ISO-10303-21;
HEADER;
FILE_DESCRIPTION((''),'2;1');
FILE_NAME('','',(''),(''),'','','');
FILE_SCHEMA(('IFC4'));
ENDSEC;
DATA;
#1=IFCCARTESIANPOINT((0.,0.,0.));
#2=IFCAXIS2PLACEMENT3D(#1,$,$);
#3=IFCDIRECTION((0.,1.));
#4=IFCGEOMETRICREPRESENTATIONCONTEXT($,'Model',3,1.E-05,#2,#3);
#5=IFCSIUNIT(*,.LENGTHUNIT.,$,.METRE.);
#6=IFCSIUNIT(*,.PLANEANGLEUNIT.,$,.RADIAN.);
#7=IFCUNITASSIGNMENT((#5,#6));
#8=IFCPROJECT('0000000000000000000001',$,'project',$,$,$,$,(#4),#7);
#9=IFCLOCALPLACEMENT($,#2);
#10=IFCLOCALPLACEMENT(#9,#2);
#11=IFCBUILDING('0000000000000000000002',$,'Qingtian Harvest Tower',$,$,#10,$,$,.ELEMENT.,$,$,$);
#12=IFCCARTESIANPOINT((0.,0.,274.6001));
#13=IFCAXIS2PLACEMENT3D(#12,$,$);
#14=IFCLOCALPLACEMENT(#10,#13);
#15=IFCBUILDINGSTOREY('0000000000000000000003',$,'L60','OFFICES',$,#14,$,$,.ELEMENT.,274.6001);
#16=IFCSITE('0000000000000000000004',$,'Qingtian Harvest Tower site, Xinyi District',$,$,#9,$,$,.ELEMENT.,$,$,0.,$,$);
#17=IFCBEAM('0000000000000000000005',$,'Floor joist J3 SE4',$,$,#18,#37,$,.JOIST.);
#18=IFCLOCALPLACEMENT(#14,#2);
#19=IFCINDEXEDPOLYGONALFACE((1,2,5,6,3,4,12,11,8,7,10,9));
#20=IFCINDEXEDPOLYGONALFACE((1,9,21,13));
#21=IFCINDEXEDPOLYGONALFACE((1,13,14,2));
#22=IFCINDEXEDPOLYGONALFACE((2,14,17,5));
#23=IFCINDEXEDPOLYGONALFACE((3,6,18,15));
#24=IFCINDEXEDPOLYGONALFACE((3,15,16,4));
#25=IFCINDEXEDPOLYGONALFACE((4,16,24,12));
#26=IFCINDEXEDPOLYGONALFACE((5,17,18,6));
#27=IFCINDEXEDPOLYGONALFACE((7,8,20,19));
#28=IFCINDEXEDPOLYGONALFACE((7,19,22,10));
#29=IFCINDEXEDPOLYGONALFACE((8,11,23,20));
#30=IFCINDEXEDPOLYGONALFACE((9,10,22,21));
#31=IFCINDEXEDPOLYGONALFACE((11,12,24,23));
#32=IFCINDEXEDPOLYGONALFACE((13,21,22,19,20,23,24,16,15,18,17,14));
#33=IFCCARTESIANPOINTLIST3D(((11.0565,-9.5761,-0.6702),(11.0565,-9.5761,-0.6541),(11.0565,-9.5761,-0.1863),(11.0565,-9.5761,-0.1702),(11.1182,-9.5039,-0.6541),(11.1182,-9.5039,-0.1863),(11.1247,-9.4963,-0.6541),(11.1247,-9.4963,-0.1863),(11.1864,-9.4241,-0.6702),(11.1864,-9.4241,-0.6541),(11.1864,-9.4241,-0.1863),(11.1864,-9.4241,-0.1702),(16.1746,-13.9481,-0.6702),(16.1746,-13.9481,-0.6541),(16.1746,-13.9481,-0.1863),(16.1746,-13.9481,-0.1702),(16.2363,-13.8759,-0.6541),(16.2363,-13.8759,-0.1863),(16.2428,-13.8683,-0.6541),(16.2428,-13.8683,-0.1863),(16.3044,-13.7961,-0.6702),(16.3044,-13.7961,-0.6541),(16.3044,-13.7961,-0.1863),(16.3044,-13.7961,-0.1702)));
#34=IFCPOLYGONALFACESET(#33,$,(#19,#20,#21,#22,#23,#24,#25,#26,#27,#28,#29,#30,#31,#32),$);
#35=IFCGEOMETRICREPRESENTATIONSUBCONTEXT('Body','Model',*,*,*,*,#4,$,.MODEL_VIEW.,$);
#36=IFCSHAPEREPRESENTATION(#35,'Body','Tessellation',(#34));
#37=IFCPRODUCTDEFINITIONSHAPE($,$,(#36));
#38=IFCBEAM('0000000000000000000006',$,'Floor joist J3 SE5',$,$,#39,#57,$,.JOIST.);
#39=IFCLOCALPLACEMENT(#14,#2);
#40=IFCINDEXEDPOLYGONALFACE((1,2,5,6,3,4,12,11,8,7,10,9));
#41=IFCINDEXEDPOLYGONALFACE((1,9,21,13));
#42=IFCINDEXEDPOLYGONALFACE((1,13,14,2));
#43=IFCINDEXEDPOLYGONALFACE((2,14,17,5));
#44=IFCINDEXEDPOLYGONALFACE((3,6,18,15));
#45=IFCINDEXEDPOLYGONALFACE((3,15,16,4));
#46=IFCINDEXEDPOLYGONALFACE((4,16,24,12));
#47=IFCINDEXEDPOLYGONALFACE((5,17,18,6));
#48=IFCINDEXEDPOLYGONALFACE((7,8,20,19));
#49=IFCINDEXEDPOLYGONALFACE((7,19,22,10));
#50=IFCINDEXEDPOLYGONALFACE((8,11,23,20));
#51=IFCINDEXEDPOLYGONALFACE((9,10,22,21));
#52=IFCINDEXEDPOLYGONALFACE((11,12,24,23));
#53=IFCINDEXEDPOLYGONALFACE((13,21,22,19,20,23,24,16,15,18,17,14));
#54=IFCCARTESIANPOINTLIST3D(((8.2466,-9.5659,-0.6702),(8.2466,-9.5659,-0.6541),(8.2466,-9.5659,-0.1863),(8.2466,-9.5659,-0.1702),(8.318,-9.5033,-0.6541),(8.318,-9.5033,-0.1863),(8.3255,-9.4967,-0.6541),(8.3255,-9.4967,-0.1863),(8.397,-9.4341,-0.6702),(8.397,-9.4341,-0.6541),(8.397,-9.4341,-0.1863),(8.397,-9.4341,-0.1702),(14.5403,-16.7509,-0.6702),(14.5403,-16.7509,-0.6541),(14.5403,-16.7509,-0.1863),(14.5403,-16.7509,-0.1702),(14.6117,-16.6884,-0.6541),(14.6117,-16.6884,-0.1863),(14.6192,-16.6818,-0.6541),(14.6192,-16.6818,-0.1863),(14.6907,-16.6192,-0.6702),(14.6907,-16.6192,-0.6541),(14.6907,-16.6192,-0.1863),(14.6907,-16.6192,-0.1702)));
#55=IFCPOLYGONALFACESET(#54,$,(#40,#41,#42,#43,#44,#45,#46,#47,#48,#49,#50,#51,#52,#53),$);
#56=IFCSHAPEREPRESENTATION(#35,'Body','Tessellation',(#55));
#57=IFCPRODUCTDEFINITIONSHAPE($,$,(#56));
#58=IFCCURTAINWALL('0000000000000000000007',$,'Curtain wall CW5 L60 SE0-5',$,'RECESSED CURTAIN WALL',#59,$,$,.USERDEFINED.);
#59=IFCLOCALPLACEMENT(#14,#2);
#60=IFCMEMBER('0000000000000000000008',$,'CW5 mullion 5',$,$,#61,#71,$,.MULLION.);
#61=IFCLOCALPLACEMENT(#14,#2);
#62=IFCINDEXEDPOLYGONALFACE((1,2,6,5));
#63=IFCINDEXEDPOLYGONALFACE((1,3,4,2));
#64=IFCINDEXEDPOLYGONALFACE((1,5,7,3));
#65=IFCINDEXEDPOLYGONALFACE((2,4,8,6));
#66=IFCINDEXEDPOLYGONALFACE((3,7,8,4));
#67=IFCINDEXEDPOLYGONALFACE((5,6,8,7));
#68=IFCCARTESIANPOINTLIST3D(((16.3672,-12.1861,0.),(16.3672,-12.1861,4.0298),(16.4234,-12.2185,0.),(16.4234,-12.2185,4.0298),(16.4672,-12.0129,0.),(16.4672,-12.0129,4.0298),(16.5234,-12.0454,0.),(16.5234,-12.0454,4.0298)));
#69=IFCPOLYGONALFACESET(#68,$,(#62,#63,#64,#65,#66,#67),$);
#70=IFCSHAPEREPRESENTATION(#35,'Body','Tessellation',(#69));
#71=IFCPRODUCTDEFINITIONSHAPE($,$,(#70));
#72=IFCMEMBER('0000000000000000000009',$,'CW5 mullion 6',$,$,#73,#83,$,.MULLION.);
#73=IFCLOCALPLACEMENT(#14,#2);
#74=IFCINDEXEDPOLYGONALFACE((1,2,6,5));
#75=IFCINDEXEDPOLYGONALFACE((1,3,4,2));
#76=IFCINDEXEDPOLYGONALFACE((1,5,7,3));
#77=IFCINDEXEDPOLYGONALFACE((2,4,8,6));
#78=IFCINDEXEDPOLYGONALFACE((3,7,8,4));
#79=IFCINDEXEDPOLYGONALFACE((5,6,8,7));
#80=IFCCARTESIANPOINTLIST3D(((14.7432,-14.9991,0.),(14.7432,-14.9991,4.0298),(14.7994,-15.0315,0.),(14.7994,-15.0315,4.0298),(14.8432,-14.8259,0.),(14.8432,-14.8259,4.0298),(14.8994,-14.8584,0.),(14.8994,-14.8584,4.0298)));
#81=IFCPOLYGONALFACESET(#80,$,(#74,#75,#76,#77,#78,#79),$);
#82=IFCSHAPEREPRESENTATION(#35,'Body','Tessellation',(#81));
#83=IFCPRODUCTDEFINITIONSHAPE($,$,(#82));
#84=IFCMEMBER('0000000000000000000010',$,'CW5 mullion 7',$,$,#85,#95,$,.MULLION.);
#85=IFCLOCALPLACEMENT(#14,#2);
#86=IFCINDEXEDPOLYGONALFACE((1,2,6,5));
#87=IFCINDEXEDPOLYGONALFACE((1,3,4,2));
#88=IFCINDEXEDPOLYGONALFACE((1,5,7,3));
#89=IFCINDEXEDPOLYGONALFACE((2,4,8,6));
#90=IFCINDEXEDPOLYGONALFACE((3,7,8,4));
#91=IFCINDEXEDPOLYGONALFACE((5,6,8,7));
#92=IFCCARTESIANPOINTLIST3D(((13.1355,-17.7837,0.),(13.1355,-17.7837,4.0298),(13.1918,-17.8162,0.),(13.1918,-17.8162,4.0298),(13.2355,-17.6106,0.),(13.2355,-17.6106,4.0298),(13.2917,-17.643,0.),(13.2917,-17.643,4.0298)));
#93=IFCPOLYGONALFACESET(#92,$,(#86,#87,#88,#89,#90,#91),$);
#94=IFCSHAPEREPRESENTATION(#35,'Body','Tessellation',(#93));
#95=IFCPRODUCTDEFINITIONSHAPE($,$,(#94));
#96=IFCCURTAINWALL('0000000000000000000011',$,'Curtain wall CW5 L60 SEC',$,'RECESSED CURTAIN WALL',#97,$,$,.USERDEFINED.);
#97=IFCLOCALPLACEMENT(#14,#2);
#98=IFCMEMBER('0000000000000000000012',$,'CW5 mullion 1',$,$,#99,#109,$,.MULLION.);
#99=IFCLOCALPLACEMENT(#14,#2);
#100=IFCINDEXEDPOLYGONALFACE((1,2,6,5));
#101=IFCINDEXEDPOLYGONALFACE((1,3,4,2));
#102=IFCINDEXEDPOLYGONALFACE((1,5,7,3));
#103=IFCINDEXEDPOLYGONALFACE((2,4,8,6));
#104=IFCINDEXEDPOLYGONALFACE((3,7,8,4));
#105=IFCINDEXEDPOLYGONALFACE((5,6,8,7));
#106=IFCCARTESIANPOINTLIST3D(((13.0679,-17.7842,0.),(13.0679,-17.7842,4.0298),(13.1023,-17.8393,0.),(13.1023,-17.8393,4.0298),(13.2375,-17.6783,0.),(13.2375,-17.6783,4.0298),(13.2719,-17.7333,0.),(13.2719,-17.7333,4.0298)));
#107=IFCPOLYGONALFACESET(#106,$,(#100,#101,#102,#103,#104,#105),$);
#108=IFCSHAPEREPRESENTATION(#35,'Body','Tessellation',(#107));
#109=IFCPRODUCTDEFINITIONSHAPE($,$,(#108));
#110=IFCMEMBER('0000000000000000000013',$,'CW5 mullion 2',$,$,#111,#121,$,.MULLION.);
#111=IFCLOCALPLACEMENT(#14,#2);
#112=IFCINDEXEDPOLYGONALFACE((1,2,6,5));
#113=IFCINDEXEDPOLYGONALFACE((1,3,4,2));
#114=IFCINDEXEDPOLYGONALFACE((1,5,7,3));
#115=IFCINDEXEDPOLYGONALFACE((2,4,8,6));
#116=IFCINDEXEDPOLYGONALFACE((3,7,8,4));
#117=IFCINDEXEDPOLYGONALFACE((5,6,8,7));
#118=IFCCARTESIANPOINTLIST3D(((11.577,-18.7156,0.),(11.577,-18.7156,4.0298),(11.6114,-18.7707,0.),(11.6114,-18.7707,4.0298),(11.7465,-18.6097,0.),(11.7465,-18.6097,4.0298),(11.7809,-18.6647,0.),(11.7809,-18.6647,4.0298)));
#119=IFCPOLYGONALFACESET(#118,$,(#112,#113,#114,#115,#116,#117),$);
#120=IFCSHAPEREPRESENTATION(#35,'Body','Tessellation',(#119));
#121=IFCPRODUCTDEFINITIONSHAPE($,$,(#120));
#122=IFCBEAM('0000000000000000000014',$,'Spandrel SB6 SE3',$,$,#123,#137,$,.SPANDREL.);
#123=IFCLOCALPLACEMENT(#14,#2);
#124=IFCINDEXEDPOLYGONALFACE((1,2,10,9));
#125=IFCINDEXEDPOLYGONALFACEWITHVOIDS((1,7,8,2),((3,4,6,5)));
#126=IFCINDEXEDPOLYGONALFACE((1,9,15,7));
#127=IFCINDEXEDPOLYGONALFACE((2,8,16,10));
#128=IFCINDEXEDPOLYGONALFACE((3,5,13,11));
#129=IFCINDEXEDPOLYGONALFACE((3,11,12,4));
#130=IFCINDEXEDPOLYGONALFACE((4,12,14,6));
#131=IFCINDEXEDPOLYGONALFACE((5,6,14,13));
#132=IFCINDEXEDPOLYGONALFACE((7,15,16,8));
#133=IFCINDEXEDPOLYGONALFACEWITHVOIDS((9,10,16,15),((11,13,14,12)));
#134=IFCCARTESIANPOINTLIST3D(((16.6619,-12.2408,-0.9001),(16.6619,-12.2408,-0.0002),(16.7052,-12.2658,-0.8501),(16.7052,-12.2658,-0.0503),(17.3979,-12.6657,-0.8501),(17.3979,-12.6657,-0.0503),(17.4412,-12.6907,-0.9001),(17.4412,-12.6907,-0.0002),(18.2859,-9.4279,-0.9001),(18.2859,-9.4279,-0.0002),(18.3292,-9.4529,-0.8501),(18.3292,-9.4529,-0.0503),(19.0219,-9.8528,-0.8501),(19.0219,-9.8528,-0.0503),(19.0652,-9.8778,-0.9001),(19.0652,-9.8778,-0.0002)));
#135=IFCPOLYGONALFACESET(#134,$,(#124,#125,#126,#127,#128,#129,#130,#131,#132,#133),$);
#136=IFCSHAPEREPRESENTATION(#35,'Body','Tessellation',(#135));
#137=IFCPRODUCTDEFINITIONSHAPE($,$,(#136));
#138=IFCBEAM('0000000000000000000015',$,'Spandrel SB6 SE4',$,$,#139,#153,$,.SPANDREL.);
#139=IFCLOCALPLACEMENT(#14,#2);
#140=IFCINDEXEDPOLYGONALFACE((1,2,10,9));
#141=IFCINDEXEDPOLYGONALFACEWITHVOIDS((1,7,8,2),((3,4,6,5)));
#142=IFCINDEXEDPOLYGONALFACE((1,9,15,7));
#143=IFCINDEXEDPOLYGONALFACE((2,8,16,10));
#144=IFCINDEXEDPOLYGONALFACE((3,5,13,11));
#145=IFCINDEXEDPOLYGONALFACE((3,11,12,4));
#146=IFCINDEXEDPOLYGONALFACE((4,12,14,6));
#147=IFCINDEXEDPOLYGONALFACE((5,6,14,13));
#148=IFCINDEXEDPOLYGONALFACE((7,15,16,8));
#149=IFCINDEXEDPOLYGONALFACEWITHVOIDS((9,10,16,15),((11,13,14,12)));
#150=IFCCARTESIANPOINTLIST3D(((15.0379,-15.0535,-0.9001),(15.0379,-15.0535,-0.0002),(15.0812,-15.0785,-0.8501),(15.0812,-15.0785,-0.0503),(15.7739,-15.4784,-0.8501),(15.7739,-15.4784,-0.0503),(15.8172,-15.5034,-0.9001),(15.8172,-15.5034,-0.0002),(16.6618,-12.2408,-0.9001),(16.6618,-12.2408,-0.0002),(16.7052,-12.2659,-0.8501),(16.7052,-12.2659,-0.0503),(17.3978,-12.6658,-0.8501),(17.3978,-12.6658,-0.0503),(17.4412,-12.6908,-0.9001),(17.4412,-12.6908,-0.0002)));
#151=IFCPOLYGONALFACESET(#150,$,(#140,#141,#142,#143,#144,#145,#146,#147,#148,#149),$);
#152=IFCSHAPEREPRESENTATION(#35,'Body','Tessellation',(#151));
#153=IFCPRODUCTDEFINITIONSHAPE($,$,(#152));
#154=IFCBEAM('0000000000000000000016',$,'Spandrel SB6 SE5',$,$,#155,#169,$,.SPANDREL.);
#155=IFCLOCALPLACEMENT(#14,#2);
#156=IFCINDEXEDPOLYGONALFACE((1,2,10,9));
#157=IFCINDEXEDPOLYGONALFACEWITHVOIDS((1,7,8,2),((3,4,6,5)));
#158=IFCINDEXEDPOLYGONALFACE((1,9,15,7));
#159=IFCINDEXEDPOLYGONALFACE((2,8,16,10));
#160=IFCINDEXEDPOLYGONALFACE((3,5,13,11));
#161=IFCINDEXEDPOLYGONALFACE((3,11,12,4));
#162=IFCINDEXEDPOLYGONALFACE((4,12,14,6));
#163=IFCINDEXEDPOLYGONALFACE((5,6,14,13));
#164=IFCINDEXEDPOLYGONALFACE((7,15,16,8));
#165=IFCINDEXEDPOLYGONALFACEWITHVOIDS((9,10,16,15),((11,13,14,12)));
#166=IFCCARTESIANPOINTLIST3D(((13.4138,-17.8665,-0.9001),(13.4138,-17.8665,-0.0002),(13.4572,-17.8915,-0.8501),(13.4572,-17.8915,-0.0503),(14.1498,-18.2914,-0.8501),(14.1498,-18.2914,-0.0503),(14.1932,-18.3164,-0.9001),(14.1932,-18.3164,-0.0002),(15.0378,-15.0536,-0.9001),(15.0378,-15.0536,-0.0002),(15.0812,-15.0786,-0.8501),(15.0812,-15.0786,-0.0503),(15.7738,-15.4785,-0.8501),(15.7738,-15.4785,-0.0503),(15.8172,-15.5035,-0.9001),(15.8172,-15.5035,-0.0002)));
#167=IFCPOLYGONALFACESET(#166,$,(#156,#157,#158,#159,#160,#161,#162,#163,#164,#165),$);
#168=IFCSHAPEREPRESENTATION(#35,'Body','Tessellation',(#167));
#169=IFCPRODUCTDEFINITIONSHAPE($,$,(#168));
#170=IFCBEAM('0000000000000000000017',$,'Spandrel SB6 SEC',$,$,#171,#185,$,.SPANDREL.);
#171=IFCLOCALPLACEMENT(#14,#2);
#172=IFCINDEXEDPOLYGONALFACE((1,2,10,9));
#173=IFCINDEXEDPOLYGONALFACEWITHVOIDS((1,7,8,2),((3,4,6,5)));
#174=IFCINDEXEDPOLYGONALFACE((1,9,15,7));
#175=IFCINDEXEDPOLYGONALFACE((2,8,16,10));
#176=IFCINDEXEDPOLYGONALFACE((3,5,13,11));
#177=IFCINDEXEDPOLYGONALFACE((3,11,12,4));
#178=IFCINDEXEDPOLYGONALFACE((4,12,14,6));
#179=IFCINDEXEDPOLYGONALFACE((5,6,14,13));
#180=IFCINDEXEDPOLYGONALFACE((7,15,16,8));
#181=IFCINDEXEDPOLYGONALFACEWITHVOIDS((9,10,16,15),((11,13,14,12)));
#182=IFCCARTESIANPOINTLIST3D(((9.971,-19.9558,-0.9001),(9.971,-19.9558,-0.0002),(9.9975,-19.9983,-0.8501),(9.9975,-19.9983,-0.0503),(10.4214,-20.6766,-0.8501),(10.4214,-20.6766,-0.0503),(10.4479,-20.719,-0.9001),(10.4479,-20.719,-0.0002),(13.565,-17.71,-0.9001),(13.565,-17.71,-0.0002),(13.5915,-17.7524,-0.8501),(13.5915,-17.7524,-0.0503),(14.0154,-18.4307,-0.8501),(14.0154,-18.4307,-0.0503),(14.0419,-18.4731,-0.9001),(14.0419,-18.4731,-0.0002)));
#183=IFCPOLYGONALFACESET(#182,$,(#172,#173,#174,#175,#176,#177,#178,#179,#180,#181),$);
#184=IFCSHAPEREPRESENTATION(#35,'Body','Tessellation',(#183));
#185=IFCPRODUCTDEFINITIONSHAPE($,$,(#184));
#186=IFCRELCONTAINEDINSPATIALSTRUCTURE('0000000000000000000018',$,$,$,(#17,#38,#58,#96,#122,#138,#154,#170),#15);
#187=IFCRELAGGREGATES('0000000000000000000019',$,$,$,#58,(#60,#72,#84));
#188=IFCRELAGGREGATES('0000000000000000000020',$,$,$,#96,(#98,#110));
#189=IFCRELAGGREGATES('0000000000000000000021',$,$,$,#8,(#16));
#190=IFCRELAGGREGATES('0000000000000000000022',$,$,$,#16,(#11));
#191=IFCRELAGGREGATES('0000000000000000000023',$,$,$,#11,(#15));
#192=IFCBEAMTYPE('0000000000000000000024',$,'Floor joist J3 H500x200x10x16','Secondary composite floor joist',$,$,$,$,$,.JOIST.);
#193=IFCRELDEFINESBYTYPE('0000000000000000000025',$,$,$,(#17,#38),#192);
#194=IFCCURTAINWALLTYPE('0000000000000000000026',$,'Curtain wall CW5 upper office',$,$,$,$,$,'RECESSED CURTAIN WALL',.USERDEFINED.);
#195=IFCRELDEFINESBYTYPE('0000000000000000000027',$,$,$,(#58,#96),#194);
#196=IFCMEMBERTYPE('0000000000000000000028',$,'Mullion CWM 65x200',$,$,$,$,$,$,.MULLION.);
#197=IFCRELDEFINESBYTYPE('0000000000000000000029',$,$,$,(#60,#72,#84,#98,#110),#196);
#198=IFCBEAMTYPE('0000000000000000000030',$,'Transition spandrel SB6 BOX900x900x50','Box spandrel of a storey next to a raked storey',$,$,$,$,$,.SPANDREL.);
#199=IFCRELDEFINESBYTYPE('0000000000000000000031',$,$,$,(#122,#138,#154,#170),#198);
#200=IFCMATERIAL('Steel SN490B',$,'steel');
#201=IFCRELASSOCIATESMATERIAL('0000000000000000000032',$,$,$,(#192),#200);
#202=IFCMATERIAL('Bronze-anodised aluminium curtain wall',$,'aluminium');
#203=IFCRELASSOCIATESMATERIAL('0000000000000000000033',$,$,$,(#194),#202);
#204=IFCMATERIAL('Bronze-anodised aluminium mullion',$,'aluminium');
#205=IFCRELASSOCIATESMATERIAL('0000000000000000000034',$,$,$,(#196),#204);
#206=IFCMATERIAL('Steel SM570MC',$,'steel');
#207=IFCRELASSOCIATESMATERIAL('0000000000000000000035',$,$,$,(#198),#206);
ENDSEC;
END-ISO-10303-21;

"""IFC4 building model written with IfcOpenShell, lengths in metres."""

from ifc_helpers import new_model, si_unit, direction, frame, origin, origin_2d, place, context, subcontext, project, spatial, rectangle, hollow_rectangle, i_section, extrude, material, material_profile, profile_set, type_object, element, aggregate, save


model = new_model("IFC4")

# Units and contexts
model_context = context("Model", 3, precision=1e-05, world=origin(), true_north=direction((0.0, 1.0)))
body_context = subcontext(model_context, "Body", "Model", "MODEL_VIEW")
ifc_project = project(units=[si_unit("LENGTHUNIT", "METRE"), si_unit("PLANEANGLEUNIT", "RADIAN")], contexts=[model_context])

# Site, building, storey
site_placement = place(None, origin())
site = spatial("IfcSite", under=ifc_project, at=site_placement, Name="Qingtian Harvest Tower site, Xinyi District", CompositionType="ELEMENT", RefElevation=0.0)
building_placement = place(site_placement, origin())
building = spatial("IfcBuilding", under=site, at=building_placement, Name="Qingtian Harvest Tower", CompositionType="ELEMENT")
storey_placement = place(building_placement, frame((0.0, 0.0, 274.6001)))
storey = spatial("IfcBuildingStorey", under=building, at=storey_placement, Name="L60", Description="OFFICES", CompositionType="ELEMENT", Elevation=274.6001)

# Beams
ifc_material_1 = material(Name="Steel SN490B", Category="steel")
ifc_material_profile_1 = material_profile(ifc_material_1, i_section(OverallWidth=0.2, OverallDepth=0.5, WebThickness=0.01, FlangeThickness=0.0161, at=origin_2d()), Name="H500x200x10x16")
ifc_profile_set_1 = profile_set([ifc_material_profile_1], Name="Steel SN490B")
beam_type_1 = type_object("IfcBeamType", Name="Floor joist J3 H500x200x10x16", Description="Secondary composite floor joist", PredefinedType="JOIST", material=ifc_profile_set_1)
beam_1_placement = place(storey_placement, frame((16.2395, -13.8721, -0.4202), z_axis=(-0.760351, 0.649512, 0.0), x_axis=(-0.649512, -0.760351, 0.0)))
element("IfcBeam", 1, at=beam_1_placement, inside=storey, type_object=beam_type_1, Name="Floor joist J3 SE4", PredefinedType="JOIST", context=body_context, shape_type="SweptSolid", body=[
    extrude(i_section(OverallWidth=0.2, OverallDepth=0.5, WebThickness=0.01, FlangeThickness=0.0161, at=origin_2d()), origin(), (0.0, 0.0, 1.0), 6.7312),
])
beam_2_placement = place(storey_placement, frame((14.6155, -16.6851, -0.4202), z_axis=(-0.658906, 0.752225, 0.0), x_axis=(-0.752225, -0.658906, 0.0)))
element("IfcBeam", 2, at=beam_2_placement, inside=storey, type_object=beam_type_1, Name="Floor joist J3 SE5", PredefinedType="JOIST", context=body_context, shape_type="SweptSolid", body=[
    extrude(i_section(OverallWidth=0.2, OverallDepth=0.5, WebThickness=0.01, FlangeThickness=0.0161, at=origin_2d()), origin(), (0.0, 0.0, 1.0), 9.5518),
])

# Curtain walls, members
ifc_material_2 = material(Name="Bronze-anodised aluminium curtain wall", Category="aluminium")
curtain_wall_type = type_object("IfcCurtainWallType", Name="Curtain wall CW5 upper office", ElementType="RECESSED CURTAIN WALL", PredefinedType="USERDEFINED", material=ifc_material_2)
curtain_wall_1_placement = place(storey_placement, origin())
curtain_wall_1 = element("IfcCurtainWall", 3, at=curtain_wall_1_placement, inside=storey, type_object=curtain_wall_type, Name="Curtain wall CW5 L60 SE0-5", ObjectType="RECESSED CURTAIN WALL", PredefinedType="USERDEFINED")
ifc_material_3 = material(Name="Bronze-anodised aluminium mullion", Category="aluminium")
ifc_material_profile_2 = material_profile(ifc_material_3, rectangle(XDim=0.0649, YDim=0.2, at=origin_2d()), Name="AL 65x200")
ifc_profile_set_2 = profile_set([ifc_material_profile_2], Name="Bronze-anodised aluminium mullion")
member_type_1 = type_object("IfcMemberType", Name="Mullion CWM 65x200", PredefinedType="MULLION", material=ifc_profile_set_2)
member_1_placement = place(storey_placement, frame((16.4453, -12.1157, 0.0), z_axis=(0.0, 0.0, 1.0), x_axis=(0.866025, -0.5, 0.0)))
member_1 = element("IfcMember", 4, at=member_1_placement, type_object=member_type_1, Name="CW5 mullion 5", PredefinedType="MULLION", context=body_context, shape_type="SweptSolid", body=[
    extrude(rectangle(XDim=0.0649, YDim=0.2, at=origin_2d()), origin(), (0.0, 0.0, 1.0), 4.0298),
])
member_2_placement = place(storey_placement, frame((14.8213, -14.9287, 0.0), z_axis=(0.0, 0.0, 1.0), x_axis=(0.866025, -0.5, 0.0)))
member_2 = element("IfcMember", 5, at=member_2_placement, type_object=member_type_1, Name="CW5 mullion 6", PredefinedType="MULLION", context=body_context, shape_type="SweptSolid", body=[
    extrude(rectangle(XDim=0.0649, YDim=0.2, at=origin_2d()), origin(), (0.0, 0.0, 1.0), 4.0298),
])
member_3_placement = place(storey_placement, frame((13.2136, -17.7134, 0.0), z_axis=(0.0, 0.0, 1.0), x_axis=(0.866025, -0.5, 0.0)))
member_3 = element("IfcMember", 6, at=member_3_placement, type_object=member_type_1, Name="CW5 mullion 7", PredefinedType="MULLION", context=body_context, shape_type="SweptSolid", body=[
    extrude(rectangle(XDim=0.0649, YDim=0.2, at=origin_2d()), origin(), (0.0, 0.0, 1.0), 4.0298),
])
curtain_wall_2_placement = place(storey_placement, origin())
curtain_wall_2 = element("IfcCurtainWall", 7, at=curtain_wall_2_placement, inside=storey, type_object=curtain_wall_type, Name="Curtain wall CW5 L60 SEC", ObjectType="RECESSED CURTAIN WALL", PredefinedType="USERDEFINED")
member_4_placement = place(storey_placement, frame((13.1699, -17.7588, 0.0), z_axis=(0.0, 0.0, 1.0), x_axis=(0.529919, -0.848048, 0.0)))
member_4 = element("IfcMember", 8, at=member_4_placement, type_object=member_type_1, Name="CW5 mullion 1", PredefinedType="MULLION", context=body_context, shape_type="SweptSolid", body=[
    extrude(rectangle(XDim=0.0649, YDim=0.2, at=origin_2d()), origin(), (0.0, 0.0, 1.0), 4.0298),
])
member_5_placement = place(storey_placement, frame((11.679, -18.6902, 0.0), z_axis=(0.0, 0.0, 1.0), x_axis=(0.529919, -0.848048, 0.0)))
member_5 = element("IfcMember", 9, at=member_5_placement, type_object=member_type_1, Name="CW5 mullion 2", PredefinedType="MULLION", context=body_context, shape_type="SweptSolid", body=[
    extrude(rectangle(XDim=0.0649, YDim=0.2, at=origin_2d()), origin(), (0.0, 0.0, 1.0), 4.0298),
])

# Beams
ifc_material_4 = material(Name="Steel SM570MC", Category="steel")
ifc_material_profile_3 = material_profile(ifc_material_4, hollow_rectangle(XDim=0.8999, YDim=0.8999, WallThickness=0.05, at=origin_2d()), Name="BOX900x900x50")
ifc_profile_set_3 = profile_set([ifc_material_profile_3], Name="Steel SM570MC")
beam_type_2 = type_object("IfcBeamType", Name="Transition spandrel SB6 BOX900x900x50", Description="Box spandrel of a storey next to a raked storey", PredefinedType="SPANDREL", material=ifc_profile_set_3)
beam_3_placement = place(storey_placement, frame((18.6755, -9.6528, -0.4502), z_axis=(-0.499987, -0.866033, 0.0), x_axis=(0.866033, -0.499987, 0.0)))
element("IfcBeam", 10, at=beam_3_placement, inside=storey, type_object=beam_type_2, Name="Spandrel SB6 SE3", PredefinedType="SPANDREL", context=body_context, shape_type="SweptSolid", body=[
    extrude(hollow_rectangle(XDim=0.8999, YDim=0.8999, WallThickness=0.05, at=origin_2d()), origin(), (0.0, 0.0, 1.0), 3.248),
])
beam_4_placement = place(storey_placement, frame((17.0515, -12.4658, -0.4502), z_axis=(-0.50002, -0.866014, 0.0), x_axis=(0.866014, -0.50002, 0.0)))
element("IfcBeam", 11, at=beam_4_placement, inside=storey, type_object=beam_type_2, Name="Spandrel SB6 SE4", PredefinedType="SPANDREL", context=body_context, shape_type="SweptSolid", body=[
    extrude(hollow_rectangle(XDim=0.8999, YDim=0.8999, WallThickness=0.05, at=origin_2d()), origin(), (0.0, 0.0, 1.0), 3.2478),
])
beam_5_placement = place(storey_placement, frame((15.4275, -15.2786, -0.4502), z_axis=(-0.499987, -0.866033, 0.0), x_axis=(0.866033, -0.499987, 0.0)))
element("IfcBeam", 12, at=beam_5_placement, inside=storey, type_object=beam_type_2, Name="Spandrel SB6 SE5", PredefinedType="SPANDREL", context=body_context, shape_type="SweptSolid", body=[
    extrude(hollow_rectangle(XDim=0.8999, YDim=0.8999, WallThickness=0.05, at=origin_2d()), origin(), (0.0, 0.0, 1.0), 3.248),
])
beam_6_placement = place(storey_placement, frame((13.8035, -18.0916, -0.4502), z_axis=(-0.84804, -0.529932, 0.0), x_axis=(0.529932, -0.84804, 0.0)))
element("IfcBeam", 13, at=beam_6_placement, inside=storey, type_object=beam_type_2, Name="Spandrel SB6 SEC", PredefinedType="SPANDREL", context=body_context, shape_type="SweptSolid", body=[
    extrude(hollow_rectangle(XDim=0.8999, YDim=0.8999, WallThickness=0.05, at=origin_2d()), origin(), (0.0, 0.0, 1.0), 4.238),
])

aggregate(curtain_wall_1, [member_1, member_2, member_3])
aggregate(curtain_wall_2, [member_4, member_5])

save(model, "model.ifc")
